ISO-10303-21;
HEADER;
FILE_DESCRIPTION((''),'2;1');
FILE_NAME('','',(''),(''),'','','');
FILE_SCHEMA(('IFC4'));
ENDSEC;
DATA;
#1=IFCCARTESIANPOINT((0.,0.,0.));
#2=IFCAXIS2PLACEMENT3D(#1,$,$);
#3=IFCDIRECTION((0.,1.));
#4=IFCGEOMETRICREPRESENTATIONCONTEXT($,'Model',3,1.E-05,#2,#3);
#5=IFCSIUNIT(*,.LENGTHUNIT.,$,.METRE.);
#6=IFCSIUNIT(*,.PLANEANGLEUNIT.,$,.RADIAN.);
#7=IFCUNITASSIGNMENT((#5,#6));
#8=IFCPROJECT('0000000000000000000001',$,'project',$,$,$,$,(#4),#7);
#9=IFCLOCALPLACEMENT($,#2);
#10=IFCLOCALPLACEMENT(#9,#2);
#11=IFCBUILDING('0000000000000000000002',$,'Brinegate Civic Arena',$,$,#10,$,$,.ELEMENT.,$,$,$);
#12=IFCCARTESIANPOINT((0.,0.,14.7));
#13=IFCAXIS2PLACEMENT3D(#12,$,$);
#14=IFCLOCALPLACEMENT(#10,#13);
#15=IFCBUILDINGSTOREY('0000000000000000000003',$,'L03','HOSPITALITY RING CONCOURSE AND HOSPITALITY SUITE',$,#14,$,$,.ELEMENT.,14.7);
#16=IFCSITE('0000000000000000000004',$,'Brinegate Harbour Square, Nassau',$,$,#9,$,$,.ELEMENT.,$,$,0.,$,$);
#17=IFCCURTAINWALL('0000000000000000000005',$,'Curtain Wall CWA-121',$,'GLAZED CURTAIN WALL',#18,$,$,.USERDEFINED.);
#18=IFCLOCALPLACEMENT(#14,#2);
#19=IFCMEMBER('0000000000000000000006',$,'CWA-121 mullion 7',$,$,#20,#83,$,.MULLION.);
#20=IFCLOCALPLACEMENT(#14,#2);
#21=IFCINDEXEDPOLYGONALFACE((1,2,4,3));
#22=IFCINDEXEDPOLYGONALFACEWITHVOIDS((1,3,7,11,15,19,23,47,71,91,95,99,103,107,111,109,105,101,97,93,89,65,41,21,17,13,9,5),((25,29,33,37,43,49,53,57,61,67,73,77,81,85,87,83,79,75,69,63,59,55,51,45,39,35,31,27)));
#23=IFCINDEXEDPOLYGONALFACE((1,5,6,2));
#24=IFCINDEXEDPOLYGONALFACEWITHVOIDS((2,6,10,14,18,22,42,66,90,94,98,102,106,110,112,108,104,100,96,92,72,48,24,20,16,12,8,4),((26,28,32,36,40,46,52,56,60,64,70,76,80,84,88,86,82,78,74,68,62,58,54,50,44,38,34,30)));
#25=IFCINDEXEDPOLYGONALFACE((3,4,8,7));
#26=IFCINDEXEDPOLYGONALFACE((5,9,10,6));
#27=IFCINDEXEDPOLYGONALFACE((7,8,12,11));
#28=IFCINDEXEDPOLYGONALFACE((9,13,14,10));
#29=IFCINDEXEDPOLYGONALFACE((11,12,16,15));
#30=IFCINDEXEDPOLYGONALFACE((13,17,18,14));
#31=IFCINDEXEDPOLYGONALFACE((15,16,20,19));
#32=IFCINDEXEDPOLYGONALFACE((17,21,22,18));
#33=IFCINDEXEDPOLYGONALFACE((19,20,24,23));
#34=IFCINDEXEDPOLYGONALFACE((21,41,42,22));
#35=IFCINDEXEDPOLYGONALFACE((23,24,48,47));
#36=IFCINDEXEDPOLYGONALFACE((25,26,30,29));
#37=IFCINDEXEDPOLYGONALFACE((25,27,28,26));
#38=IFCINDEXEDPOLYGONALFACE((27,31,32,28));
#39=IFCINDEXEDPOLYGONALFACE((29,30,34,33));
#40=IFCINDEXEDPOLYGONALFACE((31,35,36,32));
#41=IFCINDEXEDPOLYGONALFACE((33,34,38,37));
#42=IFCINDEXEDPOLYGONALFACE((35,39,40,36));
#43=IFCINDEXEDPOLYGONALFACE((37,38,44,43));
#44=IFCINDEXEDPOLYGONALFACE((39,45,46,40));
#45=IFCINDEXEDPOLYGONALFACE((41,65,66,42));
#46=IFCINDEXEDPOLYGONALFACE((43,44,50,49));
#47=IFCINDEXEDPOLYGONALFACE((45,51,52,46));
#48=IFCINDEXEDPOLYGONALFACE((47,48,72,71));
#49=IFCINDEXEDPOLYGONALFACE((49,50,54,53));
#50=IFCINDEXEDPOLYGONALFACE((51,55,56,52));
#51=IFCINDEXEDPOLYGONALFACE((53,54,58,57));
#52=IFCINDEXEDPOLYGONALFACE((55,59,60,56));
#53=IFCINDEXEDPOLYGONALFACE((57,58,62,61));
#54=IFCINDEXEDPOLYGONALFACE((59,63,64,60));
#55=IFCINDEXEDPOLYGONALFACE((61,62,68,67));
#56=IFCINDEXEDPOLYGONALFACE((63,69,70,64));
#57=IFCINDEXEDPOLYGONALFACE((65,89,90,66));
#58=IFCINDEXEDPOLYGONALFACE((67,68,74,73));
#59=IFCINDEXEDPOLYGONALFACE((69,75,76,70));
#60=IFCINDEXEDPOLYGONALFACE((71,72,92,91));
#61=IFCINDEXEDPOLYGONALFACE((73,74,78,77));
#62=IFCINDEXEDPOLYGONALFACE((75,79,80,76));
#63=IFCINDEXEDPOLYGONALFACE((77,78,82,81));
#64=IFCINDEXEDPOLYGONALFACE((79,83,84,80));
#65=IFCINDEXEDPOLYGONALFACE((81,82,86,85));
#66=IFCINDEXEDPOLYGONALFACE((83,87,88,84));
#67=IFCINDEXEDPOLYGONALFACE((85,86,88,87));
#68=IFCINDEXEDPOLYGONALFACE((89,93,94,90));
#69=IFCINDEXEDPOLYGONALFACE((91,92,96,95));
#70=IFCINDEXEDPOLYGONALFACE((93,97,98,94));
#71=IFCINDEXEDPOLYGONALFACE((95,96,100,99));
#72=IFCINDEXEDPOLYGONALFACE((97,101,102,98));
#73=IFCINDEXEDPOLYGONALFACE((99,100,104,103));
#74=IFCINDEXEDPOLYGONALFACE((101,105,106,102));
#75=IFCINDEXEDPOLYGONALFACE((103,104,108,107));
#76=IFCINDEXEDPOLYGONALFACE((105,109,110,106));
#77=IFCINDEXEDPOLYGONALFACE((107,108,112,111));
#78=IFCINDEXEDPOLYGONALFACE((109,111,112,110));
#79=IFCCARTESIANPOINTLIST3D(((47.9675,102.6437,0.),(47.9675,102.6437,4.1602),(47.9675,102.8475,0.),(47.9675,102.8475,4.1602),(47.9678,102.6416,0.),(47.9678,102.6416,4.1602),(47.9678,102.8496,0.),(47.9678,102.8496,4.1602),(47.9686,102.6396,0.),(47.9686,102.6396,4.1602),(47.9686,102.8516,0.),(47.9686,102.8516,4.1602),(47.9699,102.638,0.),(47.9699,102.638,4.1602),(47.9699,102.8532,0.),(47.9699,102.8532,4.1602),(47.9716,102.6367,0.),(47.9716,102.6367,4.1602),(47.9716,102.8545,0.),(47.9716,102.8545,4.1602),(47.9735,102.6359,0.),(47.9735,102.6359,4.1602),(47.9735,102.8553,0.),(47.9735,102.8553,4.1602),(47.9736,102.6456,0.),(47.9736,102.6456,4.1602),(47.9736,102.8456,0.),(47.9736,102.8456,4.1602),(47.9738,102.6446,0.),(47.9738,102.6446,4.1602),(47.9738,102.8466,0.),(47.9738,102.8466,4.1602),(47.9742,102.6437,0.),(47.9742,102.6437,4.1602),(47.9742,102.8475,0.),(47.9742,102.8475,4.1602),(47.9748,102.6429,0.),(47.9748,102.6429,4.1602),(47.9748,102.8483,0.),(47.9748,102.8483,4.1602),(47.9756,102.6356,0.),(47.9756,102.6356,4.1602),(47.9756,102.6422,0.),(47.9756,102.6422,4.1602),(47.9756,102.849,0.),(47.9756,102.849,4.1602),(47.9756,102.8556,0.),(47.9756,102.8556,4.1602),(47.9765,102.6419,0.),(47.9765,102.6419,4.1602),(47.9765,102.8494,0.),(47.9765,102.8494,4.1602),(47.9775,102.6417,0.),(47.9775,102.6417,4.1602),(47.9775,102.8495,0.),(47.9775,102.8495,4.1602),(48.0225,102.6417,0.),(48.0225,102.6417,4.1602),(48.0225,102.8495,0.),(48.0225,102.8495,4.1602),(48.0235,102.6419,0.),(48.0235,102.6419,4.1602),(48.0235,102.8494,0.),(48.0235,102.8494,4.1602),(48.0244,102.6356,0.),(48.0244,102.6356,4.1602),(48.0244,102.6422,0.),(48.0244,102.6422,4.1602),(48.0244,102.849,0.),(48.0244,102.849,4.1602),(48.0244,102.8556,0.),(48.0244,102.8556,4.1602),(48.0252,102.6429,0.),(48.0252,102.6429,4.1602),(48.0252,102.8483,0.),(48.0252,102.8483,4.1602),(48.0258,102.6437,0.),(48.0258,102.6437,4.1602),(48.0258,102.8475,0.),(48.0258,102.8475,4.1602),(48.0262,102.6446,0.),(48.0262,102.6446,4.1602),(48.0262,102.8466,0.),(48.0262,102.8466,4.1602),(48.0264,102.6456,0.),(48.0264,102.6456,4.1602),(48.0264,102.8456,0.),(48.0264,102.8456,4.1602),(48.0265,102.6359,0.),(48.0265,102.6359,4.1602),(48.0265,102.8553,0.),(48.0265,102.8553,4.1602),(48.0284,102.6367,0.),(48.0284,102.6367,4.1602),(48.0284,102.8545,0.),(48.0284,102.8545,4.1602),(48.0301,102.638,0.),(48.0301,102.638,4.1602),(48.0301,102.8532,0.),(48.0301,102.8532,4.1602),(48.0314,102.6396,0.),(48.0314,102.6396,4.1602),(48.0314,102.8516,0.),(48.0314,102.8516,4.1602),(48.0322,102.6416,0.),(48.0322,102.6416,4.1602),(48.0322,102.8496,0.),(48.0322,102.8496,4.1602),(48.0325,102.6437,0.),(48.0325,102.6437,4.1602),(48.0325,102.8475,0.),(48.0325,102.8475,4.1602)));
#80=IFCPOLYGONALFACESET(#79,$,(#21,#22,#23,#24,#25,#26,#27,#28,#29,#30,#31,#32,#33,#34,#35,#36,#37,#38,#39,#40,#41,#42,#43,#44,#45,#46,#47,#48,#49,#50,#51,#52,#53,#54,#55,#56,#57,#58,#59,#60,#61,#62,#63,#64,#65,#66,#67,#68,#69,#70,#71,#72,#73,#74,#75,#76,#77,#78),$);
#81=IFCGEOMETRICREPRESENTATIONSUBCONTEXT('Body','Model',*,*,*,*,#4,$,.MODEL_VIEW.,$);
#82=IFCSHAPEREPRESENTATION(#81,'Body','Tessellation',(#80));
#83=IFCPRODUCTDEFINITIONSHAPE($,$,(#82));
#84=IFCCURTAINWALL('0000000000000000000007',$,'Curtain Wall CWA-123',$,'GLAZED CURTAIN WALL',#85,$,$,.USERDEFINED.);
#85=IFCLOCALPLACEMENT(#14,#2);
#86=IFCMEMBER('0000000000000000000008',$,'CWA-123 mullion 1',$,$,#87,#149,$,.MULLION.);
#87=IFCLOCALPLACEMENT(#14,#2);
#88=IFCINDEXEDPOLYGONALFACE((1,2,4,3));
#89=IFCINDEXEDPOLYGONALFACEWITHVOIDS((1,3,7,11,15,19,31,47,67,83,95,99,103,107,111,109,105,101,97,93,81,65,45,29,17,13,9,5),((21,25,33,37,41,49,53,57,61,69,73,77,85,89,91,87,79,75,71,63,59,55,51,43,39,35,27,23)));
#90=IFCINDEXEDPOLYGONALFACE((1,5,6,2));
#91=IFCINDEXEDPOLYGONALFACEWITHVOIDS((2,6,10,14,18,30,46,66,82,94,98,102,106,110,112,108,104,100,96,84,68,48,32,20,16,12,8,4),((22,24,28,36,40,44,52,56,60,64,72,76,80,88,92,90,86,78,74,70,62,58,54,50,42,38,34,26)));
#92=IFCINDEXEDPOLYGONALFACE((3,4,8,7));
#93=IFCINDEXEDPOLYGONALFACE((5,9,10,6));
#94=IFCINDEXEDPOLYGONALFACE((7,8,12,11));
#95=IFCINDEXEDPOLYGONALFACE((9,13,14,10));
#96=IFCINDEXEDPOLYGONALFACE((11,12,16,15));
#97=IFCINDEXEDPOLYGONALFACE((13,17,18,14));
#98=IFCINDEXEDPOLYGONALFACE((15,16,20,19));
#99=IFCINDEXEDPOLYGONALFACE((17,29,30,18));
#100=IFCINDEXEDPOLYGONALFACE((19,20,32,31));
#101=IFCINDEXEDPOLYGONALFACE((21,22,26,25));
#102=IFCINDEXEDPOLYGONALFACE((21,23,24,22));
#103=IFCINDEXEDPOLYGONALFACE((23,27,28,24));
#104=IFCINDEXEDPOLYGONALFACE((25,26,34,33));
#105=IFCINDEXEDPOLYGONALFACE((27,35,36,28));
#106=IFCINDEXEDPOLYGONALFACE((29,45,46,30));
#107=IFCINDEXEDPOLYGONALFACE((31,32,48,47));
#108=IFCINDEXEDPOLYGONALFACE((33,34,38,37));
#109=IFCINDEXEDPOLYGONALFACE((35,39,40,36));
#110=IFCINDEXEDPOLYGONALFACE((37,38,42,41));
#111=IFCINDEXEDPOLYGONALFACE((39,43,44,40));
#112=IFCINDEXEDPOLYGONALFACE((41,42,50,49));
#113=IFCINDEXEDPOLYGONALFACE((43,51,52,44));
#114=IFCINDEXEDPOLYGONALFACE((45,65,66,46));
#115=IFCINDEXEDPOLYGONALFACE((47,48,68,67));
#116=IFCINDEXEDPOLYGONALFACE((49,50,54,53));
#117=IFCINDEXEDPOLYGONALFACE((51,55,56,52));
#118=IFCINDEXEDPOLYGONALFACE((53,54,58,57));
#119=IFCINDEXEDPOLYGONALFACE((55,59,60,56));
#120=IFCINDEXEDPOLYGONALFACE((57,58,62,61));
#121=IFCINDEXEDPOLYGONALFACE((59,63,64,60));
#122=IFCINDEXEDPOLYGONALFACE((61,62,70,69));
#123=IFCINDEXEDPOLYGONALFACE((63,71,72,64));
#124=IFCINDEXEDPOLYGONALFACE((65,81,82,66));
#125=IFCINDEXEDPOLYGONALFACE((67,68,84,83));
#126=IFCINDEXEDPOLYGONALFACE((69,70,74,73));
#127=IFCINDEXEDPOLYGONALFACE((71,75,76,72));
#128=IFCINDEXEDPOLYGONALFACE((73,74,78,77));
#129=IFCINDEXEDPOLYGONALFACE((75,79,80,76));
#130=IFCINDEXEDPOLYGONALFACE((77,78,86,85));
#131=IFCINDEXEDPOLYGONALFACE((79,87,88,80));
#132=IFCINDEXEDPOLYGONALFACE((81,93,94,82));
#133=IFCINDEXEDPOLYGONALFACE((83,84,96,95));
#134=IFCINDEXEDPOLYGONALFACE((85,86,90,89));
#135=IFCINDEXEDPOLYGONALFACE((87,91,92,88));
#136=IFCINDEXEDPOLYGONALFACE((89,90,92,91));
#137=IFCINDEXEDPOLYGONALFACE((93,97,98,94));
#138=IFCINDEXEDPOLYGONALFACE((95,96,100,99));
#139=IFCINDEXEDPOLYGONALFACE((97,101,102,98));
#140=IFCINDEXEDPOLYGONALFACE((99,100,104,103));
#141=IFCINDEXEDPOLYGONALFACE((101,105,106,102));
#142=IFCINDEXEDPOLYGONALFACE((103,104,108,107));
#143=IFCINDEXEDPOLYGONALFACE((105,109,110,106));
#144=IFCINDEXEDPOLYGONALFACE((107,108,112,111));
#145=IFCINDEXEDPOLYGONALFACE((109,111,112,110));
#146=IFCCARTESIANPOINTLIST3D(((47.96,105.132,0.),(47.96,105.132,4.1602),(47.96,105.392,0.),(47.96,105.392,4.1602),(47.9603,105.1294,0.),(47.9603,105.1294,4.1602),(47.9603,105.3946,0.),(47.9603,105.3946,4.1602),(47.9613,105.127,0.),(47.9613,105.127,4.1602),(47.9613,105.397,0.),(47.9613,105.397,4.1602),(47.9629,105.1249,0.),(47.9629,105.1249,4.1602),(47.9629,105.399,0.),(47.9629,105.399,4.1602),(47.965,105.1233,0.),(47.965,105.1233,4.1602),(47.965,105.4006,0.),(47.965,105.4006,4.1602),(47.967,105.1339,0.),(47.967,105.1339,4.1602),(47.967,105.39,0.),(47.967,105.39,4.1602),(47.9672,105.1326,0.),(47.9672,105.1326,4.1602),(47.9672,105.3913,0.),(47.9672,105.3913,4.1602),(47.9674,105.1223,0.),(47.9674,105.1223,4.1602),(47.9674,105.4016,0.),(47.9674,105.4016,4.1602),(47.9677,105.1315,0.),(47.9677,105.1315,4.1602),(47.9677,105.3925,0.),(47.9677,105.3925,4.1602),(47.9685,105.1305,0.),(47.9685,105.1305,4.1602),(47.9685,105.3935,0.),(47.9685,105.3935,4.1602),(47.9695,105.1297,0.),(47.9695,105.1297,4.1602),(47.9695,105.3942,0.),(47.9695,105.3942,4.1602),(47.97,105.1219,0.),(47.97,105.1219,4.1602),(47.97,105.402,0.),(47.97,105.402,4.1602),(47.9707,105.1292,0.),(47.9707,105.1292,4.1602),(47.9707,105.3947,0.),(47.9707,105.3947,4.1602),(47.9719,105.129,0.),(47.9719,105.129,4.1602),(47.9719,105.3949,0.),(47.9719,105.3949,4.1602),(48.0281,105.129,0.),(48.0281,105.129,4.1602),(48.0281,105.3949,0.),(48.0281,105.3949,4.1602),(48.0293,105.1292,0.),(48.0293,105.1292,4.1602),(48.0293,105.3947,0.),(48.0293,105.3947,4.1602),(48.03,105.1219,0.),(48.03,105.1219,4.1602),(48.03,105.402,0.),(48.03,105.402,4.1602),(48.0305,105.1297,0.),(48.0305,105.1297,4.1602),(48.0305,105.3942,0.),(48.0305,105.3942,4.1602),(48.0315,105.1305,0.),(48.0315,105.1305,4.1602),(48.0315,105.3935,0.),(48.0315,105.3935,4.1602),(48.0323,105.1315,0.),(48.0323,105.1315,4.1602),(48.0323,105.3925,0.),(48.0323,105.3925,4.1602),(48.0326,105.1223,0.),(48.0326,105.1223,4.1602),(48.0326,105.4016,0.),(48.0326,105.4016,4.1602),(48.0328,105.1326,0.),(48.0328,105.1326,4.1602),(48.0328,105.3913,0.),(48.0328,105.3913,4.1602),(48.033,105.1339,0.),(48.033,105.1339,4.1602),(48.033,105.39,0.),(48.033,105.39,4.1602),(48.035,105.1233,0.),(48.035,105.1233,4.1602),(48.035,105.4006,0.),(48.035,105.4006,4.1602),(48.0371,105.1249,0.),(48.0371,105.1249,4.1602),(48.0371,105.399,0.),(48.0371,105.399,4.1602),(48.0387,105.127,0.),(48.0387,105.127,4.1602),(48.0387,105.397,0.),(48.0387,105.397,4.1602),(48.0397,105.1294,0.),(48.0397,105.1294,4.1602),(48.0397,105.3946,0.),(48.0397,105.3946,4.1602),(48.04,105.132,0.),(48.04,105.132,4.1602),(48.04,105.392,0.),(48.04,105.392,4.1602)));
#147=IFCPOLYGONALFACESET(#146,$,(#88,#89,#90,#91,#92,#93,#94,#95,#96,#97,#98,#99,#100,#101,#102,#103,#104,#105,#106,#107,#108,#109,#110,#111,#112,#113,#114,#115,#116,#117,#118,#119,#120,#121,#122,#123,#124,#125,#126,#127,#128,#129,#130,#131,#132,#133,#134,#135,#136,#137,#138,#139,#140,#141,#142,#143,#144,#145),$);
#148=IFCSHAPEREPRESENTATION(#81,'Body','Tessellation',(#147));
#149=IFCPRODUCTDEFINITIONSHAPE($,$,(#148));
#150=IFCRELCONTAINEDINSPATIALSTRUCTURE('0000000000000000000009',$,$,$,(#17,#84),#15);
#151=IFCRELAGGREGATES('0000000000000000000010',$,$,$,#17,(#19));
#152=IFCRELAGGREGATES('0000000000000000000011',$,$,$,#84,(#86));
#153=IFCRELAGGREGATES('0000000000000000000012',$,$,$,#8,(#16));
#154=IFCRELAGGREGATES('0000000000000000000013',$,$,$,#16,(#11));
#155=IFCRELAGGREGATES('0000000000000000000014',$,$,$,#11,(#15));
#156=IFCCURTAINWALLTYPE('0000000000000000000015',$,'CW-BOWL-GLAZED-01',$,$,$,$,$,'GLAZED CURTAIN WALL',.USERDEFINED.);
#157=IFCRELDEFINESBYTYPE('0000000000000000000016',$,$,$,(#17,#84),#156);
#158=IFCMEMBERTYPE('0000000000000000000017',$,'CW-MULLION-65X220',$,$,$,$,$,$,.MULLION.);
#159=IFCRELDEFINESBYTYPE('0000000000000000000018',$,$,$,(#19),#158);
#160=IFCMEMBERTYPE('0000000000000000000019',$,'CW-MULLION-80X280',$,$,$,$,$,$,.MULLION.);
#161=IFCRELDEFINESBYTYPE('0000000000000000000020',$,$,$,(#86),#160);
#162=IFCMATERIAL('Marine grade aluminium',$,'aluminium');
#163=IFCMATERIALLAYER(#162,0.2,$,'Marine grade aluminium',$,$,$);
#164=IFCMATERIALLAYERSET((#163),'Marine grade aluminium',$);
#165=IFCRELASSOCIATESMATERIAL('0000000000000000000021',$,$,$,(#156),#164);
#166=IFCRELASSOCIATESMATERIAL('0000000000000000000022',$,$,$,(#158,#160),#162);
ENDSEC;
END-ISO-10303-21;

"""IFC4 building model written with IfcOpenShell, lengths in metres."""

from ifc_helpers import new_model, si_unit, direction, frame, origin, origin_2d, place, context, subcontext, project, spatial, hollow_rectangle, extrude, material, layer, layer_set, material_profile, profile_set, type_object, element, aggregate, save


model = new_model("IFC4")

# Units and contexts
model_context = context("Model", 3, precision=1e-05, world=origin(), true_north=direction((0.0, 1.0)))
body_context = subcontext(model_context, "Body", "Model", "MODEL_VIEW")
ifc_project = project(units=[si_unit("LENGTHUNIT", "METRE"), si_unit("PLANEANGLEUNIT", "RADIAN")], contexts=[model_context])

# Site, building, storey
site_placement = place(None, origin())
site = spatial("IfcSite", under=ifc_project, at=site_placement, Name="Brinegate Harbour Square, Nassau", CompositionType="ELEMENT", RefElevation=0.0)
building_placement = place(site_placement, origin())
building = spatial("IfcBuilding", under=site, at=building_placement, Name="Brinegate Civic Arena", CompositionType="ELEMENT")
storey_placement = place(building_placement, frame((0.0, 0.0, 14.7)))
storey = spatial("IfcBuildingStorey", under=building, at=storey_placement, Name="L03", Description="HOSPITALITY RING CONCOURSE AND HOSPITALITY SUITE", CompositionType="ELEMENT", Elevation=14.7)

# Curtain walls, members
ifc_material_1 = material(Name="Marine grade aluminium", Category="aluminium")
ifc_layer_1 = layer(ifc_material_1, 0.2, Name="Marine grade aluminium")
ifc_layer_set_1 = layer_set([ifc_layer_1], Name="Marine grade aluminium")
curtain_wall_type = type_object("IfcCurtainWallType", Name="CW-BOWL-GLAZED-01", ElementType="GLAZED CURTAIN WALL", PredefinedType="USERDEFINED", material=ifc_layer_set_1)
curtain_wall_1_placement = place(storey_placement, origin())
curtain_wall_1 = element("IfcCurtainWall", 1, at=curtain_wall_1_placement, inside=storey, type_object=curtain_wall_type, Name="Curtain Wall CWA-121", ObjectType="GLAZED CURTAIN WALL", PredefinedType="USERDEFINED")
ifc_material_profile_1 = material_profile(ifc_material_1, hollow_rectangle(XDim=0.0649, YDim=0.22, WallThickness=0.0061, InnerFilletRadius=0.0039, OuterFilletRadius=0.0081, at=origin_2d()), Name="MUL65X220")
ifc_profile_set_1 = profile_set([ifc_material_profile_1], Name="Marine grade aluminium")
member_type_1 = type_object("IfcMemberType", Name="CW-MULLION-65X220", PredefinedType="MULLION", material=ifc_profile_set_1)
member_1_placement = place(storey_placement, frame((48.0, 102.7456, 0.0), z_axis=(0.0, 0.0, 1.0), x_axis=(-1.0, 0.0, 0.0)))
member_1 = element("IfcMember", 2, at=member_1_placement, type_object=member_type_1, Name="CWA-121 mullion 7", PredefinedType="MULLION", context=body_context, shape_type="SweptSolid", body=[
    extrude(hollow_rectangle(XDim=0.0649, YDim=0.22, WallThickness=0.0061, InnerFilletRadius=0.0039, OuterFilletRadius=0.0081, at=origin_2d()), origin(), (0.0, 0.0, 1.0), 4.1602),
])
curtain_wall_2_placement = place(storey_placement, origin())
curtain_wall_2 = element("IfcCurtainWall", 3, at=curtain_wall_2_placement, inside=storey, type_object=curtain_wall_type, Name="Curtain Wall CWA-123", ObjectType="GLAZED CURTAIN WALL", PredefinedType="USERDEFINED")
ifc_material_profile_2 = material_profile(ifc_material_1, hollow_rectangle(XDim=0.0801, YDim=0.28, WallThickness=0.0071, InnerFilletRadius=0.0049, OuterFilletRadius=0.01, at=origin_2d()), Name="MUL80X280")
ifc_profile_set_2 = profile_set([ifc_material_profile_2], Name="Marine grade aluminium")
member_type_2 = type_object("IfcMemberType", Name="CW-MULLION-80X280", PredefinedType="MULLION", material=ifc_profile_set_2)
member_2_placement = place(storey_placement, frame((48.0, 105.262, 0.0), z_axis=(0.0, 0.0, 1.0), x_axis=(-1.0, 0.0, 0.0)))
member_2 = element("IfcMember", 4, at=member_2_placement, type_object=member_type_2, Name="CWA-123 mullion 1", PredefinedType="MULLION", context=body_context, shape_type="SweptSolid", body=[
    extrude(hollow_rectangle(XDim=0.0801, YDim=0.28, WallThickness=0.0071, InnerFilletRadius=0.0049, OuterFilletRadius=0.01, at=origin_2d()), origin(), (0.0, 0.0, 1.0), 4.1602),
])

aggregate(curtain_wall_1, [member_1])
aggregate(curtain_wall_2, [member_2])

save(model, "model.ifc")
